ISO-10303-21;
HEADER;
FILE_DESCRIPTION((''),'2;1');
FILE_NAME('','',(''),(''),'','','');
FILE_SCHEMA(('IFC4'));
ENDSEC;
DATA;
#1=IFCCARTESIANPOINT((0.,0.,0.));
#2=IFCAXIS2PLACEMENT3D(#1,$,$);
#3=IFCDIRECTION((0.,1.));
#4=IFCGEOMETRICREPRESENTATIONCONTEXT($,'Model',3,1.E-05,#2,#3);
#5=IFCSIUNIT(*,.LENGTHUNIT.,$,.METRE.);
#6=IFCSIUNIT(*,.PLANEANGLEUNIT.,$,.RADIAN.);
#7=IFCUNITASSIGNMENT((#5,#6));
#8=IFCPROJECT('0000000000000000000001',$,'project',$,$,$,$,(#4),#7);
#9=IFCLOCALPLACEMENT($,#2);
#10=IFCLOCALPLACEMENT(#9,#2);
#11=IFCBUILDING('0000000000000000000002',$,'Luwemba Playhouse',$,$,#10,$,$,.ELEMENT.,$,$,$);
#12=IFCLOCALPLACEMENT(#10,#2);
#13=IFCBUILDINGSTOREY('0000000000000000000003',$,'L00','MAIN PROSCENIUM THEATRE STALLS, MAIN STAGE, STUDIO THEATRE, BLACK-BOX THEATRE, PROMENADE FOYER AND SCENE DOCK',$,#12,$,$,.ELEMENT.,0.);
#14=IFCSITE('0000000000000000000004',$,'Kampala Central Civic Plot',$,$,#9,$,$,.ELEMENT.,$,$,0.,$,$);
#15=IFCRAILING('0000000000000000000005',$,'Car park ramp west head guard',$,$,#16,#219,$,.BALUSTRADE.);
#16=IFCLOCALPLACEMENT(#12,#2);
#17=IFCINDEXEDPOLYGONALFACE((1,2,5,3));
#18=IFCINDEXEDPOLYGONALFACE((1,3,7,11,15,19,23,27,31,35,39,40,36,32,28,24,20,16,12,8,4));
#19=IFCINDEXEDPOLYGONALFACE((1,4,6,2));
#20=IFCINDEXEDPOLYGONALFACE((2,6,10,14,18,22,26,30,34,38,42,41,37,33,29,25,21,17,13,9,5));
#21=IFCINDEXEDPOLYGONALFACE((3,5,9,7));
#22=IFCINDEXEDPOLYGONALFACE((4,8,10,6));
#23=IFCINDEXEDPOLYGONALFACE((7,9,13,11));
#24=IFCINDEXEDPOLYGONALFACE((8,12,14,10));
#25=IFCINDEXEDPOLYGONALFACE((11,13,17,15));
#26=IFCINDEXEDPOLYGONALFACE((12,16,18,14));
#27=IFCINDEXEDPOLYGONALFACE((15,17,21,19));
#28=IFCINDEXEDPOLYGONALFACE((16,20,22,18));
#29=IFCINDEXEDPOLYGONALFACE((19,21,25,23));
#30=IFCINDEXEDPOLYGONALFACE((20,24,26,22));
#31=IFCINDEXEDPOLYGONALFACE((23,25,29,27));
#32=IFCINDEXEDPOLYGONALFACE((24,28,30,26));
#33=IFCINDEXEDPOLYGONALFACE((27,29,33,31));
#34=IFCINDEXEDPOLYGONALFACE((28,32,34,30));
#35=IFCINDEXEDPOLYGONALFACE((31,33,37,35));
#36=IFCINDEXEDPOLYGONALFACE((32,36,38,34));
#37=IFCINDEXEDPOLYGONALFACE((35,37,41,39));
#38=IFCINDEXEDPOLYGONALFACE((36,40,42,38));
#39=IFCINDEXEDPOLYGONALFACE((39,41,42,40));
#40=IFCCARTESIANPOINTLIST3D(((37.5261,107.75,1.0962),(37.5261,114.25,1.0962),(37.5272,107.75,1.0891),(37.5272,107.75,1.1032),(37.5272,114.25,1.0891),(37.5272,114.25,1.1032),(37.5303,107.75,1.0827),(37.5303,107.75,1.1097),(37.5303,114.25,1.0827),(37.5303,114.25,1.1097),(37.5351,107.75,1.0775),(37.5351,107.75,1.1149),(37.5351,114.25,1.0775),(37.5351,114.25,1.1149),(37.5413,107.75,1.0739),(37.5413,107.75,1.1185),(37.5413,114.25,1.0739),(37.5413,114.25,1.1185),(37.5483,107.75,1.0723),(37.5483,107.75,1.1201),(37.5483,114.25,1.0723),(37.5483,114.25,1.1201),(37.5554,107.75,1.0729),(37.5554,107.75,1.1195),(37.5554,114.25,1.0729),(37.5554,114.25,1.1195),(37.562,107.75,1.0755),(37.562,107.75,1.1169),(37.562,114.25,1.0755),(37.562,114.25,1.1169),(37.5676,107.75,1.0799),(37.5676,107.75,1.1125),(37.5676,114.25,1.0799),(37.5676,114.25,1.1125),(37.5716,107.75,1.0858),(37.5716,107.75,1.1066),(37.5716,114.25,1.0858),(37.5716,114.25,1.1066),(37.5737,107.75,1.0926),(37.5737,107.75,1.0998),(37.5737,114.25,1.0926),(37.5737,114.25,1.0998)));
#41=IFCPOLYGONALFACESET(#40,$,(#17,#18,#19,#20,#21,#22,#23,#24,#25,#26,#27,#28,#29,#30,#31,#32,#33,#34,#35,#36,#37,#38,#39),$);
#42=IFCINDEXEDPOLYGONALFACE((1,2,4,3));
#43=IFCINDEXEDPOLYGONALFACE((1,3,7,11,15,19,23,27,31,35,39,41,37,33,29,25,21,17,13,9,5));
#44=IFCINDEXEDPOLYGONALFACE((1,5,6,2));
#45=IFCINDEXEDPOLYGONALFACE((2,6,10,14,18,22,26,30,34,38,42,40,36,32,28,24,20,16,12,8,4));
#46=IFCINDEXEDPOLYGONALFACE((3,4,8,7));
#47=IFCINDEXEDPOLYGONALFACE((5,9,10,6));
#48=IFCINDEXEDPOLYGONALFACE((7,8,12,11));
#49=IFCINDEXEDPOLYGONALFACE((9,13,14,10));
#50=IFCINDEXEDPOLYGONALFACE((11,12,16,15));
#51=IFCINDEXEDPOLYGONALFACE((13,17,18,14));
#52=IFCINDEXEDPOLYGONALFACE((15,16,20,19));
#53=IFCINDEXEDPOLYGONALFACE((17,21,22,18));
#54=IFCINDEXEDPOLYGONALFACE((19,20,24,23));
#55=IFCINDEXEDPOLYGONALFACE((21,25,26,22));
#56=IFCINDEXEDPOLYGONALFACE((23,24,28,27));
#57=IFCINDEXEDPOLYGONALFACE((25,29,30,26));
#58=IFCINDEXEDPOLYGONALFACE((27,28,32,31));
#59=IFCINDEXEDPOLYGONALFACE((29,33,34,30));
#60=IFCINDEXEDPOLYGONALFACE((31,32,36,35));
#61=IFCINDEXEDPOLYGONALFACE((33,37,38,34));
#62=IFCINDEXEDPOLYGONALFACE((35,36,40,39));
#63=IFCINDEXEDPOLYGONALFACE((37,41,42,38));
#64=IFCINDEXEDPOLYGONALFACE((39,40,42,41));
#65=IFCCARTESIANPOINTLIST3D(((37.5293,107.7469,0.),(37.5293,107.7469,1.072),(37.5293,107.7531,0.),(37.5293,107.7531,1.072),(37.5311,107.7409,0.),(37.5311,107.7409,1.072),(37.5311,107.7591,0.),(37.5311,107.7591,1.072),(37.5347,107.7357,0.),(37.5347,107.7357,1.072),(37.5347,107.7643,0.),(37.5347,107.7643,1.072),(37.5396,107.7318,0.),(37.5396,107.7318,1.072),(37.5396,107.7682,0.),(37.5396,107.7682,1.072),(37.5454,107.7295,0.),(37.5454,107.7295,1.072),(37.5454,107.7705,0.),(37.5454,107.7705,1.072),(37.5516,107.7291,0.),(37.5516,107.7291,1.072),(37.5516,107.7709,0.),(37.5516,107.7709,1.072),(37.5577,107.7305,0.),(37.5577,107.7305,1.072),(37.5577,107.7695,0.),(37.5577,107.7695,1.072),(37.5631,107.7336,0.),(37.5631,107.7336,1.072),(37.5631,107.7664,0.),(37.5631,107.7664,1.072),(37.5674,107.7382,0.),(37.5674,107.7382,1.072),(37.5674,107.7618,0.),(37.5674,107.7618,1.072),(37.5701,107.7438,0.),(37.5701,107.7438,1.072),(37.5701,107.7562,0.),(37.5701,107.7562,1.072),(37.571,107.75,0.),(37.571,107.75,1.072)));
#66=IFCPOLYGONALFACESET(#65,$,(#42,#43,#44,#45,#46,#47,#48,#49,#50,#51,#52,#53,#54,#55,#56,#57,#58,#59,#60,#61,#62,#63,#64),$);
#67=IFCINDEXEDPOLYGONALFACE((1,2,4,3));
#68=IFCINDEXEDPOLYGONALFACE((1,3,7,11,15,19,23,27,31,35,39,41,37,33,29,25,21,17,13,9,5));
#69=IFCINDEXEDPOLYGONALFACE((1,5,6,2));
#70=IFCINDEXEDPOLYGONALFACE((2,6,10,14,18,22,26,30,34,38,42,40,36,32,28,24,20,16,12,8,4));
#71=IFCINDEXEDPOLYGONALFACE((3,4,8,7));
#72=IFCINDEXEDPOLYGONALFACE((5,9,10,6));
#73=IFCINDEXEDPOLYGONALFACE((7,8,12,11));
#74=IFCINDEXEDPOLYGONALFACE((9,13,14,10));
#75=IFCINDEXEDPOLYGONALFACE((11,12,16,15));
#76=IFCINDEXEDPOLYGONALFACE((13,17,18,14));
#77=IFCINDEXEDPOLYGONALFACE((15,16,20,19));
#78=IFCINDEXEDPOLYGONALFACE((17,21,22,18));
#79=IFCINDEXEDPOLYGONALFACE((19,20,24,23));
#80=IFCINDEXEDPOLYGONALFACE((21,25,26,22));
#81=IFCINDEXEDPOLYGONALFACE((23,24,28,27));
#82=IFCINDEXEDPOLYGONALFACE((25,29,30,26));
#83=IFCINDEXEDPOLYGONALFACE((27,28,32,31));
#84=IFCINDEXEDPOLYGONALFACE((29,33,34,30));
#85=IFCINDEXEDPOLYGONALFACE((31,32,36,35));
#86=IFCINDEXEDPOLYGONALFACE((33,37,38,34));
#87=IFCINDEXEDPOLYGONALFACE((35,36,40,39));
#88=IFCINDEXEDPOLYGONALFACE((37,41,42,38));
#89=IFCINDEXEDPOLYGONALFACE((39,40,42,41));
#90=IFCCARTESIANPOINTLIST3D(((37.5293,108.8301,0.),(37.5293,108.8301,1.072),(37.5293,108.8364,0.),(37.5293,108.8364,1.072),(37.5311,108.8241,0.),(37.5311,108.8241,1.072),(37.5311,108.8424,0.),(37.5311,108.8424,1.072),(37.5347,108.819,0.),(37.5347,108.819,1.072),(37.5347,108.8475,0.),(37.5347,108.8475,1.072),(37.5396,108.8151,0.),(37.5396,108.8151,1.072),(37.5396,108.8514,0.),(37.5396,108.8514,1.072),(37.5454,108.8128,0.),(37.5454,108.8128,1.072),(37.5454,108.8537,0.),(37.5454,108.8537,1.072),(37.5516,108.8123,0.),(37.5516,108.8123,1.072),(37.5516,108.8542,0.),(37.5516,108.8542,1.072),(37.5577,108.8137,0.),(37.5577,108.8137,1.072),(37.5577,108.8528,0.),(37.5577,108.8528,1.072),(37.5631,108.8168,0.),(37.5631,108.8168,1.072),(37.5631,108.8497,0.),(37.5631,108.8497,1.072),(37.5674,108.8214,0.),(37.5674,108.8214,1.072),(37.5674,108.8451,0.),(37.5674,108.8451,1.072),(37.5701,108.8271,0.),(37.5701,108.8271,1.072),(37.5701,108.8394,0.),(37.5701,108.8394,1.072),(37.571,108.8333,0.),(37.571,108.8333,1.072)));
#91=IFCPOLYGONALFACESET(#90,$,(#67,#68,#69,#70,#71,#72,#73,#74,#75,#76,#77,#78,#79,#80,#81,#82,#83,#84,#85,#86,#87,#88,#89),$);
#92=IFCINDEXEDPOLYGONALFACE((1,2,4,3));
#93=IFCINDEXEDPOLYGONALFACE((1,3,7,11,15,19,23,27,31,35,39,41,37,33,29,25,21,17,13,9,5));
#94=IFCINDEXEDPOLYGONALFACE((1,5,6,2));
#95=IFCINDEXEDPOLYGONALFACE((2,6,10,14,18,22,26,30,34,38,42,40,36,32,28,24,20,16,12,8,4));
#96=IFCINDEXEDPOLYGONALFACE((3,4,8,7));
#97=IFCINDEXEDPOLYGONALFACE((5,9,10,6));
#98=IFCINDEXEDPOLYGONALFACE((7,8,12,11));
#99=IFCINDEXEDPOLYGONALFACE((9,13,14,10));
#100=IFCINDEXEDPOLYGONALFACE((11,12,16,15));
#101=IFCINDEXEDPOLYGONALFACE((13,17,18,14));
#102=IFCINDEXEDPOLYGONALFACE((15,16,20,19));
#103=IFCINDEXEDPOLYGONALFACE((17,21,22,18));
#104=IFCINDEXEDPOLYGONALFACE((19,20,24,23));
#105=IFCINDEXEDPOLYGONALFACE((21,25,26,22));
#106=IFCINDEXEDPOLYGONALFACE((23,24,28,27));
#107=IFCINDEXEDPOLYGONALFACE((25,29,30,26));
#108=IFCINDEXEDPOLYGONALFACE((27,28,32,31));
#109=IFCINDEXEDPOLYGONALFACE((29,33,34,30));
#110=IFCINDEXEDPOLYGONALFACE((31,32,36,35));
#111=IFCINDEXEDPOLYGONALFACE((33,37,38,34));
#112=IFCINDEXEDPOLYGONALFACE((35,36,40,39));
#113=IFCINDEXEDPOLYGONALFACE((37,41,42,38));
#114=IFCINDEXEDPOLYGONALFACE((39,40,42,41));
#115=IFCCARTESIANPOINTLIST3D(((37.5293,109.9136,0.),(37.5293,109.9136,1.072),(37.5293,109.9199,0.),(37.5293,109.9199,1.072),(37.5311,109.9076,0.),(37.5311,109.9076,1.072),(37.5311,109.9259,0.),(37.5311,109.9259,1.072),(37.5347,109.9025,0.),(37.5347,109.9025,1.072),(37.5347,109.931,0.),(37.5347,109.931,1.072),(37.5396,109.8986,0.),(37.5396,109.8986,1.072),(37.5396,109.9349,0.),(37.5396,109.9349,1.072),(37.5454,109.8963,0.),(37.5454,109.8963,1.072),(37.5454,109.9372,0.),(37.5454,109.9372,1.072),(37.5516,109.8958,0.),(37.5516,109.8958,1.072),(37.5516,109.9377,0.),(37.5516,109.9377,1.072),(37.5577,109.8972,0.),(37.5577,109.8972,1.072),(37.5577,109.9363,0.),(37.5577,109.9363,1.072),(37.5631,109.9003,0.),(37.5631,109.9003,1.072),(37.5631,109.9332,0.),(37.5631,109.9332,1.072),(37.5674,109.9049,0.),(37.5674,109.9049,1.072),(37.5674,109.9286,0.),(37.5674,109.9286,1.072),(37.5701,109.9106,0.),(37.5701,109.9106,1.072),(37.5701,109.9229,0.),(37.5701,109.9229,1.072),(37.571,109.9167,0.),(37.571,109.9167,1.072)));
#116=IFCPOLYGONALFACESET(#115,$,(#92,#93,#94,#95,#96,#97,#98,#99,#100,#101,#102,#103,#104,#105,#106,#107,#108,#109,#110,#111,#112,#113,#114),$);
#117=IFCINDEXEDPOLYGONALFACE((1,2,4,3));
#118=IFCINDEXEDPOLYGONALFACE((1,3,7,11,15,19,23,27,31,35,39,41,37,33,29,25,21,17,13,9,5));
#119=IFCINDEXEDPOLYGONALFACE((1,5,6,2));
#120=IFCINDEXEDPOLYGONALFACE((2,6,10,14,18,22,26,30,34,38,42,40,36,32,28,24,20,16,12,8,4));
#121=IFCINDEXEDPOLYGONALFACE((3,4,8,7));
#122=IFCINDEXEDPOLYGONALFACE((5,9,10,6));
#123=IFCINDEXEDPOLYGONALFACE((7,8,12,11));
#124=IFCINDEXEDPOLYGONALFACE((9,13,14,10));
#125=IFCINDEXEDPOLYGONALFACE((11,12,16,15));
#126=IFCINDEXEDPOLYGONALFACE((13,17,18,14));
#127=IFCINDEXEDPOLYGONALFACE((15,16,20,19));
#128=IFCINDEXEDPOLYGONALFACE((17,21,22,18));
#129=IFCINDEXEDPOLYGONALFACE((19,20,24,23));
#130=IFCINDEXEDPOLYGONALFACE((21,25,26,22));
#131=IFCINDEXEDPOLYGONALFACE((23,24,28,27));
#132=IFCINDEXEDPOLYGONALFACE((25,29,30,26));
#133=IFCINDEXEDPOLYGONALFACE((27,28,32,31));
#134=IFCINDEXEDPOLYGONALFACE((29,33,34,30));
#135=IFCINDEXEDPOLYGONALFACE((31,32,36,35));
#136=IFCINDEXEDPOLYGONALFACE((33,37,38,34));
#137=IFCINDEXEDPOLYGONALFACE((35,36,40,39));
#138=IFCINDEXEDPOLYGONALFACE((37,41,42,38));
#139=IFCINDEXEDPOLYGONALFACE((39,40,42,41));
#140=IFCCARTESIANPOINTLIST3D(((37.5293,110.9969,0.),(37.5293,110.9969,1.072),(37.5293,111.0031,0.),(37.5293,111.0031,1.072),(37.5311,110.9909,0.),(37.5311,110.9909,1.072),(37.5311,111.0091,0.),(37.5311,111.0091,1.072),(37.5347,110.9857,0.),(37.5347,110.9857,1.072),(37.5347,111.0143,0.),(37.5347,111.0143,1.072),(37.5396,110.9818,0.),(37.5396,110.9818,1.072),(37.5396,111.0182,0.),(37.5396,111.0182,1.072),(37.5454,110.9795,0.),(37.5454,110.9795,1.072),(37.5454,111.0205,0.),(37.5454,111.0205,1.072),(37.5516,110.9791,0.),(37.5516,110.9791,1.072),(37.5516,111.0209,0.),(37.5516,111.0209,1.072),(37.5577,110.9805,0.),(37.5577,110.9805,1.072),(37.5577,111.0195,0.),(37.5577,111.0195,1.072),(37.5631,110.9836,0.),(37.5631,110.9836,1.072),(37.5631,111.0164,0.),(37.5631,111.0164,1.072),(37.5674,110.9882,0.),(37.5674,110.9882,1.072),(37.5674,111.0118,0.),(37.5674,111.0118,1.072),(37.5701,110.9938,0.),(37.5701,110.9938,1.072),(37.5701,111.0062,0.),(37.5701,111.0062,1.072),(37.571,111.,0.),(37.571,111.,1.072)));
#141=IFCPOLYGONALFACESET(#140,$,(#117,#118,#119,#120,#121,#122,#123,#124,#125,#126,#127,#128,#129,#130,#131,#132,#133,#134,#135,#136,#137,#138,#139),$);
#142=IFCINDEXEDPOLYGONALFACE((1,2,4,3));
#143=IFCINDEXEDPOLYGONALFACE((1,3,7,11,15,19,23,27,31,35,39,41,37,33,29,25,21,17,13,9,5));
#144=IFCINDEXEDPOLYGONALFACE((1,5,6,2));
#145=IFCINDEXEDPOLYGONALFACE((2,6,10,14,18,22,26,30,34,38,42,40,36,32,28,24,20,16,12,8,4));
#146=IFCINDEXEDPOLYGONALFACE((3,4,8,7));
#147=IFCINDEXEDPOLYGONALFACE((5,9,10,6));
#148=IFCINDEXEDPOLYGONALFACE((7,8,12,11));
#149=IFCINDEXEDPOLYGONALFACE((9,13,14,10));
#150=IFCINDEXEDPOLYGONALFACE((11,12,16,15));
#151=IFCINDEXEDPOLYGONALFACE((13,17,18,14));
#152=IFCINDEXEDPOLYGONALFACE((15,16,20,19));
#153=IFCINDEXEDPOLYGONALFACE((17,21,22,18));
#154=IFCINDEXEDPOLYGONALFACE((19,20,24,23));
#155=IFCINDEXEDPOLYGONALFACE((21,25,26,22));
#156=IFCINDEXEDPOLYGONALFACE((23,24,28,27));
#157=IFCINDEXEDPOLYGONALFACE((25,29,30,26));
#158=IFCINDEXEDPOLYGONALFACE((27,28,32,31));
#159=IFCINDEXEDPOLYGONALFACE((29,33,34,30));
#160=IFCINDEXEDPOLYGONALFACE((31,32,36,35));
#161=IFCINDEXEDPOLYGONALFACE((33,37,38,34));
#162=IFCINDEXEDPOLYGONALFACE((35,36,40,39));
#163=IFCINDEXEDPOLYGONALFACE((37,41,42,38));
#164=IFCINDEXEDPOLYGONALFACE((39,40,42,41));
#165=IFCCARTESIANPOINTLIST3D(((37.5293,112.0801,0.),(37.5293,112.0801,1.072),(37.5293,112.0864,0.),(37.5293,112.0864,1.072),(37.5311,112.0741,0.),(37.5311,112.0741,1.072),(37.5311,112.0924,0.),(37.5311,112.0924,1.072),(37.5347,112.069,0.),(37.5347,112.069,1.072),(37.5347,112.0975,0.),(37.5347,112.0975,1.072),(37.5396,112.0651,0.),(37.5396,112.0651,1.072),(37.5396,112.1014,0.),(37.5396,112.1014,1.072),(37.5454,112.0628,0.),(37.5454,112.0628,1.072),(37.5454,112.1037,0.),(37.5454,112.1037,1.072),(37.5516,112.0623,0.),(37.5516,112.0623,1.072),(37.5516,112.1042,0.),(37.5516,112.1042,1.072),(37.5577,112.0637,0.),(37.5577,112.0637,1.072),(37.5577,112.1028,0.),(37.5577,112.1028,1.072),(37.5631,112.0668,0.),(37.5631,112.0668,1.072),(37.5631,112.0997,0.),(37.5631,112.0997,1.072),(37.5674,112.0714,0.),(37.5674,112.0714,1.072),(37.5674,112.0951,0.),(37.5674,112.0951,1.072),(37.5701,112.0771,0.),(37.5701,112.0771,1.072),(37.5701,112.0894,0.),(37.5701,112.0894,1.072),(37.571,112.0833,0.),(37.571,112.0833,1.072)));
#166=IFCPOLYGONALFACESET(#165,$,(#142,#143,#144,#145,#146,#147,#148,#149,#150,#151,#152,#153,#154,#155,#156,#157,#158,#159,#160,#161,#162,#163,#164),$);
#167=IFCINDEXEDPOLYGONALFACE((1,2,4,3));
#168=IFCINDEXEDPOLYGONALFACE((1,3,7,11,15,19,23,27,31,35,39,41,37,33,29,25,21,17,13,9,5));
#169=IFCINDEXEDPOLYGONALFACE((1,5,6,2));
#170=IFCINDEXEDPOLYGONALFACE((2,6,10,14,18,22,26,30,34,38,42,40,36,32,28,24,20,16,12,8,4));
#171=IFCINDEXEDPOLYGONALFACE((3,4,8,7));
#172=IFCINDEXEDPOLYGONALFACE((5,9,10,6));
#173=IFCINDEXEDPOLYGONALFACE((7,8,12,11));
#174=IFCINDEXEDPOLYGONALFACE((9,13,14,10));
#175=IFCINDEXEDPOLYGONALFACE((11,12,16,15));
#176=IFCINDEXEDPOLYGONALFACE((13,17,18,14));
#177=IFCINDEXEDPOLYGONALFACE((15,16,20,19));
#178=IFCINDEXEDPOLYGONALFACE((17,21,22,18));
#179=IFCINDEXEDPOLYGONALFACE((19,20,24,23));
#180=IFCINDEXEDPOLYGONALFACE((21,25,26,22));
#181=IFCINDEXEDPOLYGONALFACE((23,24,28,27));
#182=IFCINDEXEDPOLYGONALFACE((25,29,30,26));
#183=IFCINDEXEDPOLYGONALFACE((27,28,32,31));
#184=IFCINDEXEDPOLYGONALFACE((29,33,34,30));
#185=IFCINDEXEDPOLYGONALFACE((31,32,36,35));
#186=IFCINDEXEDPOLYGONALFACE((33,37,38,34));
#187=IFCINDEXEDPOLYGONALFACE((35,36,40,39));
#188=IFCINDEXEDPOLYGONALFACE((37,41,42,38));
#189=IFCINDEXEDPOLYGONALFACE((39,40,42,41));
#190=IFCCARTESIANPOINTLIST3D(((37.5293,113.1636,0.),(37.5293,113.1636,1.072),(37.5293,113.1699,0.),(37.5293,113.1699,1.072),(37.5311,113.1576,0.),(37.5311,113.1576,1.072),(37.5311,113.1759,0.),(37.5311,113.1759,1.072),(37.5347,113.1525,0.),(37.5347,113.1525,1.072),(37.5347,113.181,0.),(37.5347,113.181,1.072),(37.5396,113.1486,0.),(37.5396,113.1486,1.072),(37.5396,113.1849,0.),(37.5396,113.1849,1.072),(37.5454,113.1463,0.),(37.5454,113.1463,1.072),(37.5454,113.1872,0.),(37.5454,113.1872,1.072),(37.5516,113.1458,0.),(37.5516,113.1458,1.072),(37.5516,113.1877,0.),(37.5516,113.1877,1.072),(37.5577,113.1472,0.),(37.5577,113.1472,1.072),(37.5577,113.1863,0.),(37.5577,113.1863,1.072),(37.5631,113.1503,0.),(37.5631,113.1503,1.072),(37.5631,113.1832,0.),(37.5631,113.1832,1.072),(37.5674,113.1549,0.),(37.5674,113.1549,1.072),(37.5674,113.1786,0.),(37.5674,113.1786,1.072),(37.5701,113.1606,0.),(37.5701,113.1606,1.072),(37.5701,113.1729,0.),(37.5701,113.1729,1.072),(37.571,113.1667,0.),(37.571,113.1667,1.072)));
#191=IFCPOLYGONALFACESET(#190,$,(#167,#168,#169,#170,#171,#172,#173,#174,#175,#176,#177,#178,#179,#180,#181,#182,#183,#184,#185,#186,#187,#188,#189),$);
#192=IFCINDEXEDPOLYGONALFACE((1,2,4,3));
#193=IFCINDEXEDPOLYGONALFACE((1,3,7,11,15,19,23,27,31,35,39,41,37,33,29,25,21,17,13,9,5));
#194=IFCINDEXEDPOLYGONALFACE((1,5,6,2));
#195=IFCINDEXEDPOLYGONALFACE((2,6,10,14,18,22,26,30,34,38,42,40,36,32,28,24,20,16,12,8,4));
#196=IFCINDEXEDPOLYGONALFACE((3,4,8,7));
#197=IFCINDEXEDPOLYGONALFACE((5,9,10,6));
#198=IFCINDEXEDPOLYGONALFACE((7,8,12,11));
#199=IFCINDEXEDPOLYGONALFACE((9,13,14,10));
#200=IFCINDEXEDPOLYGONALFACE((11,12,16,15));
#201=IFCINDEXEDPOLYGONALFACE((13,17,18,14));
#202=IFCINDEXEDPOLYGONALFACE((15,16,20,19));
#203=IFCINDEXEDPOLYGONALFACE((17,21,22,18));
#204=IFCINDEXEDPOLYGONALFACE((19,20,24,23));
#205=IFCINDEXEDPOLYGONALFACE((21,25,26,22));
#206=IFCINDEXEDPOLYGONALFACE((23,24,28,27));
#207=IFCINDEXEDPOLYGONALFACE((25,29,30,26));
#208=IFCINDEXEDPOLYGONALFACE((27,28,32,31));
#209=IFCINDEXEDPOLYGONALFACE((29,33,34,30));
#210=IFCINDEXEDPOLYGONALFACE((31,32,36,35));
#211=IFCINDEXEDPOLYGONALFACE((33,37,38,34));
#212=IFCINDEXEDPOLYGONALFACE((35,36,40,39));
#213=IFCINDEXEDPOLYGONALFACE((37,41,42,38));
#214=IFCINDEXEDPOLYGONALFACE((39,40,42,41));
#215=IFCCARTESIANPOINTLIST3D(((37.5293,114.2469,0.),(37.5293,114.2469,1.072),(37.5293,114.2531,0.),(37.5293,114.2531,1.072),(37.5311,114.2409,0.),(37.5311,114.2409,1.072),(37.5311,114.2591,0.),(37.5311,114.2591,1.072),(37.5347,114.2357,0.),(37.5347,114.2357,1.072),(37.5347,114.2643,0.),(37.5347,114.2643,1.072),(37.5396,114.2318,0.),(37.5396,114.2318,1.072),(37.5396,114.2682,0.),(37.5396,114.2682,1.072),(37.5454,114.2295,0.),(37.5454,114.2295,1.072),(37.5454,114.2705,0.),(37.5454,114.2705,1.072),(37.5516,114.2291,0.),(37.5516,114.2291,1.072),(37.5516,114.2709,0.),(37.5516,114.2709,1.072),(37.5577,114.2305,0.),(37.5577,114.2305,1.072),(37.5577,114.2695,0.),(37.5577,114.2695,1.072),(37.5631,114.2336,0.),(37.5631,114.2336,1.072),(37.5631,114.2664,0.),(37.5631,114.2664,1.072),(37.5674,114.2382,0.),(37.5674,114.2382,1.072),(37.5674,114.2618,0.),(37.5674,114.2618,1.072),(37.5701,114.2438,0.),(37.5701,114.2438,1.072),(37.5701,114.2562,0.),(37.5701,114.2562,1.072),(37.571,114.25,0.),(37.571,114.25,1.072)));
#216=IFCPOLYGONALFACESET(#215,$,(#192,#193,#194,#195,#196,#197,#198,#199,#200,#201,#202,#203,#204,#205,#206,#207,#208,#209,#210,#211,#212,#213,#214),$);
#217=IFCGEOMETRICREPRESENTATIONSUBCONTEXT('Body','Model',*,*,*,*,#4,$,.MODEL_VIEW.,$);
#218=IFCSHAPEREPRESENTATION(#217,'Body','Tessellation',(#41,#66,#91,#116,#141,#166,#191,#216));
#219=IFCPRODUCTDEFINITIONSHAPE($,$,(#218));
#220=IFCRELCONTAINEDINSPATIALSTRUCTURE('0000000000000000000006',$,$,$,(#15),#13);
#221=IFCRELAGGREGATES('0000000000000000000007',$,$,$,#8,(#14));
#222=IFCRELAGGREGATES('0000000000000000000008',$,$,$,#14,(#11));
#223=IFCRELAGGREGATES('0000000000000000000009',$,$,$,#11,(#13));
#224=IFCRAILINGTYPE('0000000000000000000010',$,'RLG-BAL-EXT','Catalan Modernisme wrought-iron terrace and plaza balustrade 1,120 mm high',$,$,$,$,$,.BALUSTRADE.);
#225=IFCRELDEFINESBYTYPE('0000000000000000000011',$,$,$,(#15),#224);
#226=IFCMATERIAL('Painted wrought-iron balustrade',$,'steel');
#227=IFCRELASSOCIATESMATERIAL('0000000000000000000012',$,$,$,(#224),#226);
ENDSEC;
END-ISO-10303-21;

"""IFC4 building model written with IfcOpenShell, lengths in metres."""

from ifc_helpers import new_model, si_unit, direction, frame, origin, origin_2d, place, context, subcontext, project, spatial, circle, extrude, material, type_object, element, save


model = new_model("IFC4")

# Units and contexts
model_context = context("Model", 3, precision=1e-05, world=origin(), true_north=direction((0.0, 1.0)))
body_context = subcontext(model_context, "Body", "Model", "MODEL_VIEW")
ifc_project = project(units=[si_unit("LENGTHUNIT", "METRE"), si_unit("PLANEANGLEUNIT", "RADIAN")], contexts=[model_context])

# Site, building, storey
site_placement = place(None, origin())
site = spatial("IfcSite", under=ifc_project, at=site_placement, Name="Kampala Central Civic Plot", CompositionType="ELEMENT", RefElevation=0.0)
building_placement = place(site_placement, origin())
building = spatial("IfcBuilding", under=site, at=building_placement, Name="Luwemba Playhouse", CompositionType="ELEMENT")
storey_placement = place(building_placement, origin())
storey = spatial("IfcBuildingStorey", under=building, at=storey_placement, Name="L00", Description="MAIN PROSCENIUM THEATRE STALLS, MAIN STAGE, STUDIO THEATRE, BLACK-BOX THEATRE, PROMENADE FOYER AND SCENE DOCK", CompositionType="ELEMENT", Elevation=0.0)

# Railing
ifc_material_1 = material(Name="Painted wrought-iron balustrade", Category="steel")
railing_type = type_object("IfcRailingType", Name="RLG-BAL-EXT", Description="Catalan Modernisme wrought-iron terrace and plaza balustrade 1,120 mm high", PredefinedType="BALUSTRADE", material=ifc_material_1)
railing_1_placement = place(storey_placement, frame((37.55, 107.75, 0.0)))
element("IfcRailing", 1, at=railing_1_placement, inside=storey, type_object=railing_type, Name="Car park ramp west head guard", PredefinedType="BALUSTRADE", context=body_context, shape_type="SweptSolid", body=[
    extrude(circle(Radius=0.0239, at=origin_2d()), frame((0.0, 0.0, 1.0962), z_axis=(0.0, 1.0, 0.0), x_axis=(-1.0, 0.0, 0.0)), (0.0, 0.0, 1.0), 6.5),
    extrude(circle(Radius=0.021, at=origin_2d()), origin(), (0.0, 0.0, 1.0), 1.072),
    extrude(circle(Radius=0.021, at=origin_2d()), frame((0.0, 1.0833, 0.0)), (0.0, 0.0, 1.0), 1.072),
    extrude(circle(Radius=0.021, at=origin_2d()), frame((0.0, 2.1667, 0.0)), (0.0, 0.0, 1.0), 1.072),
    extrude(circle(Radius=0.021, at=origin_2d()), frame((0.0, 3.25, 0.0)), (0.0, 0.0, 1.0), 1.072),
    extrude(circle(Radius=0.021, at=origin_2d()), frame((0.0, 4.3333, 0.0)), (0.0, 0.0, 1.0), 1.072),
    extrude(circle(Radius=0.021, at=origin_2d()), frame((0.0, 5.4167, 0.0)), (0.0, 0.0, 1.0), 1.072),
    extrude(circle(Radius=0.021, at=origin_2d()), frame((0.0, 6.5, 0.0)), (0.0, 0.0, 1.0), 1.072),
])

save(model, "model.ifc")
